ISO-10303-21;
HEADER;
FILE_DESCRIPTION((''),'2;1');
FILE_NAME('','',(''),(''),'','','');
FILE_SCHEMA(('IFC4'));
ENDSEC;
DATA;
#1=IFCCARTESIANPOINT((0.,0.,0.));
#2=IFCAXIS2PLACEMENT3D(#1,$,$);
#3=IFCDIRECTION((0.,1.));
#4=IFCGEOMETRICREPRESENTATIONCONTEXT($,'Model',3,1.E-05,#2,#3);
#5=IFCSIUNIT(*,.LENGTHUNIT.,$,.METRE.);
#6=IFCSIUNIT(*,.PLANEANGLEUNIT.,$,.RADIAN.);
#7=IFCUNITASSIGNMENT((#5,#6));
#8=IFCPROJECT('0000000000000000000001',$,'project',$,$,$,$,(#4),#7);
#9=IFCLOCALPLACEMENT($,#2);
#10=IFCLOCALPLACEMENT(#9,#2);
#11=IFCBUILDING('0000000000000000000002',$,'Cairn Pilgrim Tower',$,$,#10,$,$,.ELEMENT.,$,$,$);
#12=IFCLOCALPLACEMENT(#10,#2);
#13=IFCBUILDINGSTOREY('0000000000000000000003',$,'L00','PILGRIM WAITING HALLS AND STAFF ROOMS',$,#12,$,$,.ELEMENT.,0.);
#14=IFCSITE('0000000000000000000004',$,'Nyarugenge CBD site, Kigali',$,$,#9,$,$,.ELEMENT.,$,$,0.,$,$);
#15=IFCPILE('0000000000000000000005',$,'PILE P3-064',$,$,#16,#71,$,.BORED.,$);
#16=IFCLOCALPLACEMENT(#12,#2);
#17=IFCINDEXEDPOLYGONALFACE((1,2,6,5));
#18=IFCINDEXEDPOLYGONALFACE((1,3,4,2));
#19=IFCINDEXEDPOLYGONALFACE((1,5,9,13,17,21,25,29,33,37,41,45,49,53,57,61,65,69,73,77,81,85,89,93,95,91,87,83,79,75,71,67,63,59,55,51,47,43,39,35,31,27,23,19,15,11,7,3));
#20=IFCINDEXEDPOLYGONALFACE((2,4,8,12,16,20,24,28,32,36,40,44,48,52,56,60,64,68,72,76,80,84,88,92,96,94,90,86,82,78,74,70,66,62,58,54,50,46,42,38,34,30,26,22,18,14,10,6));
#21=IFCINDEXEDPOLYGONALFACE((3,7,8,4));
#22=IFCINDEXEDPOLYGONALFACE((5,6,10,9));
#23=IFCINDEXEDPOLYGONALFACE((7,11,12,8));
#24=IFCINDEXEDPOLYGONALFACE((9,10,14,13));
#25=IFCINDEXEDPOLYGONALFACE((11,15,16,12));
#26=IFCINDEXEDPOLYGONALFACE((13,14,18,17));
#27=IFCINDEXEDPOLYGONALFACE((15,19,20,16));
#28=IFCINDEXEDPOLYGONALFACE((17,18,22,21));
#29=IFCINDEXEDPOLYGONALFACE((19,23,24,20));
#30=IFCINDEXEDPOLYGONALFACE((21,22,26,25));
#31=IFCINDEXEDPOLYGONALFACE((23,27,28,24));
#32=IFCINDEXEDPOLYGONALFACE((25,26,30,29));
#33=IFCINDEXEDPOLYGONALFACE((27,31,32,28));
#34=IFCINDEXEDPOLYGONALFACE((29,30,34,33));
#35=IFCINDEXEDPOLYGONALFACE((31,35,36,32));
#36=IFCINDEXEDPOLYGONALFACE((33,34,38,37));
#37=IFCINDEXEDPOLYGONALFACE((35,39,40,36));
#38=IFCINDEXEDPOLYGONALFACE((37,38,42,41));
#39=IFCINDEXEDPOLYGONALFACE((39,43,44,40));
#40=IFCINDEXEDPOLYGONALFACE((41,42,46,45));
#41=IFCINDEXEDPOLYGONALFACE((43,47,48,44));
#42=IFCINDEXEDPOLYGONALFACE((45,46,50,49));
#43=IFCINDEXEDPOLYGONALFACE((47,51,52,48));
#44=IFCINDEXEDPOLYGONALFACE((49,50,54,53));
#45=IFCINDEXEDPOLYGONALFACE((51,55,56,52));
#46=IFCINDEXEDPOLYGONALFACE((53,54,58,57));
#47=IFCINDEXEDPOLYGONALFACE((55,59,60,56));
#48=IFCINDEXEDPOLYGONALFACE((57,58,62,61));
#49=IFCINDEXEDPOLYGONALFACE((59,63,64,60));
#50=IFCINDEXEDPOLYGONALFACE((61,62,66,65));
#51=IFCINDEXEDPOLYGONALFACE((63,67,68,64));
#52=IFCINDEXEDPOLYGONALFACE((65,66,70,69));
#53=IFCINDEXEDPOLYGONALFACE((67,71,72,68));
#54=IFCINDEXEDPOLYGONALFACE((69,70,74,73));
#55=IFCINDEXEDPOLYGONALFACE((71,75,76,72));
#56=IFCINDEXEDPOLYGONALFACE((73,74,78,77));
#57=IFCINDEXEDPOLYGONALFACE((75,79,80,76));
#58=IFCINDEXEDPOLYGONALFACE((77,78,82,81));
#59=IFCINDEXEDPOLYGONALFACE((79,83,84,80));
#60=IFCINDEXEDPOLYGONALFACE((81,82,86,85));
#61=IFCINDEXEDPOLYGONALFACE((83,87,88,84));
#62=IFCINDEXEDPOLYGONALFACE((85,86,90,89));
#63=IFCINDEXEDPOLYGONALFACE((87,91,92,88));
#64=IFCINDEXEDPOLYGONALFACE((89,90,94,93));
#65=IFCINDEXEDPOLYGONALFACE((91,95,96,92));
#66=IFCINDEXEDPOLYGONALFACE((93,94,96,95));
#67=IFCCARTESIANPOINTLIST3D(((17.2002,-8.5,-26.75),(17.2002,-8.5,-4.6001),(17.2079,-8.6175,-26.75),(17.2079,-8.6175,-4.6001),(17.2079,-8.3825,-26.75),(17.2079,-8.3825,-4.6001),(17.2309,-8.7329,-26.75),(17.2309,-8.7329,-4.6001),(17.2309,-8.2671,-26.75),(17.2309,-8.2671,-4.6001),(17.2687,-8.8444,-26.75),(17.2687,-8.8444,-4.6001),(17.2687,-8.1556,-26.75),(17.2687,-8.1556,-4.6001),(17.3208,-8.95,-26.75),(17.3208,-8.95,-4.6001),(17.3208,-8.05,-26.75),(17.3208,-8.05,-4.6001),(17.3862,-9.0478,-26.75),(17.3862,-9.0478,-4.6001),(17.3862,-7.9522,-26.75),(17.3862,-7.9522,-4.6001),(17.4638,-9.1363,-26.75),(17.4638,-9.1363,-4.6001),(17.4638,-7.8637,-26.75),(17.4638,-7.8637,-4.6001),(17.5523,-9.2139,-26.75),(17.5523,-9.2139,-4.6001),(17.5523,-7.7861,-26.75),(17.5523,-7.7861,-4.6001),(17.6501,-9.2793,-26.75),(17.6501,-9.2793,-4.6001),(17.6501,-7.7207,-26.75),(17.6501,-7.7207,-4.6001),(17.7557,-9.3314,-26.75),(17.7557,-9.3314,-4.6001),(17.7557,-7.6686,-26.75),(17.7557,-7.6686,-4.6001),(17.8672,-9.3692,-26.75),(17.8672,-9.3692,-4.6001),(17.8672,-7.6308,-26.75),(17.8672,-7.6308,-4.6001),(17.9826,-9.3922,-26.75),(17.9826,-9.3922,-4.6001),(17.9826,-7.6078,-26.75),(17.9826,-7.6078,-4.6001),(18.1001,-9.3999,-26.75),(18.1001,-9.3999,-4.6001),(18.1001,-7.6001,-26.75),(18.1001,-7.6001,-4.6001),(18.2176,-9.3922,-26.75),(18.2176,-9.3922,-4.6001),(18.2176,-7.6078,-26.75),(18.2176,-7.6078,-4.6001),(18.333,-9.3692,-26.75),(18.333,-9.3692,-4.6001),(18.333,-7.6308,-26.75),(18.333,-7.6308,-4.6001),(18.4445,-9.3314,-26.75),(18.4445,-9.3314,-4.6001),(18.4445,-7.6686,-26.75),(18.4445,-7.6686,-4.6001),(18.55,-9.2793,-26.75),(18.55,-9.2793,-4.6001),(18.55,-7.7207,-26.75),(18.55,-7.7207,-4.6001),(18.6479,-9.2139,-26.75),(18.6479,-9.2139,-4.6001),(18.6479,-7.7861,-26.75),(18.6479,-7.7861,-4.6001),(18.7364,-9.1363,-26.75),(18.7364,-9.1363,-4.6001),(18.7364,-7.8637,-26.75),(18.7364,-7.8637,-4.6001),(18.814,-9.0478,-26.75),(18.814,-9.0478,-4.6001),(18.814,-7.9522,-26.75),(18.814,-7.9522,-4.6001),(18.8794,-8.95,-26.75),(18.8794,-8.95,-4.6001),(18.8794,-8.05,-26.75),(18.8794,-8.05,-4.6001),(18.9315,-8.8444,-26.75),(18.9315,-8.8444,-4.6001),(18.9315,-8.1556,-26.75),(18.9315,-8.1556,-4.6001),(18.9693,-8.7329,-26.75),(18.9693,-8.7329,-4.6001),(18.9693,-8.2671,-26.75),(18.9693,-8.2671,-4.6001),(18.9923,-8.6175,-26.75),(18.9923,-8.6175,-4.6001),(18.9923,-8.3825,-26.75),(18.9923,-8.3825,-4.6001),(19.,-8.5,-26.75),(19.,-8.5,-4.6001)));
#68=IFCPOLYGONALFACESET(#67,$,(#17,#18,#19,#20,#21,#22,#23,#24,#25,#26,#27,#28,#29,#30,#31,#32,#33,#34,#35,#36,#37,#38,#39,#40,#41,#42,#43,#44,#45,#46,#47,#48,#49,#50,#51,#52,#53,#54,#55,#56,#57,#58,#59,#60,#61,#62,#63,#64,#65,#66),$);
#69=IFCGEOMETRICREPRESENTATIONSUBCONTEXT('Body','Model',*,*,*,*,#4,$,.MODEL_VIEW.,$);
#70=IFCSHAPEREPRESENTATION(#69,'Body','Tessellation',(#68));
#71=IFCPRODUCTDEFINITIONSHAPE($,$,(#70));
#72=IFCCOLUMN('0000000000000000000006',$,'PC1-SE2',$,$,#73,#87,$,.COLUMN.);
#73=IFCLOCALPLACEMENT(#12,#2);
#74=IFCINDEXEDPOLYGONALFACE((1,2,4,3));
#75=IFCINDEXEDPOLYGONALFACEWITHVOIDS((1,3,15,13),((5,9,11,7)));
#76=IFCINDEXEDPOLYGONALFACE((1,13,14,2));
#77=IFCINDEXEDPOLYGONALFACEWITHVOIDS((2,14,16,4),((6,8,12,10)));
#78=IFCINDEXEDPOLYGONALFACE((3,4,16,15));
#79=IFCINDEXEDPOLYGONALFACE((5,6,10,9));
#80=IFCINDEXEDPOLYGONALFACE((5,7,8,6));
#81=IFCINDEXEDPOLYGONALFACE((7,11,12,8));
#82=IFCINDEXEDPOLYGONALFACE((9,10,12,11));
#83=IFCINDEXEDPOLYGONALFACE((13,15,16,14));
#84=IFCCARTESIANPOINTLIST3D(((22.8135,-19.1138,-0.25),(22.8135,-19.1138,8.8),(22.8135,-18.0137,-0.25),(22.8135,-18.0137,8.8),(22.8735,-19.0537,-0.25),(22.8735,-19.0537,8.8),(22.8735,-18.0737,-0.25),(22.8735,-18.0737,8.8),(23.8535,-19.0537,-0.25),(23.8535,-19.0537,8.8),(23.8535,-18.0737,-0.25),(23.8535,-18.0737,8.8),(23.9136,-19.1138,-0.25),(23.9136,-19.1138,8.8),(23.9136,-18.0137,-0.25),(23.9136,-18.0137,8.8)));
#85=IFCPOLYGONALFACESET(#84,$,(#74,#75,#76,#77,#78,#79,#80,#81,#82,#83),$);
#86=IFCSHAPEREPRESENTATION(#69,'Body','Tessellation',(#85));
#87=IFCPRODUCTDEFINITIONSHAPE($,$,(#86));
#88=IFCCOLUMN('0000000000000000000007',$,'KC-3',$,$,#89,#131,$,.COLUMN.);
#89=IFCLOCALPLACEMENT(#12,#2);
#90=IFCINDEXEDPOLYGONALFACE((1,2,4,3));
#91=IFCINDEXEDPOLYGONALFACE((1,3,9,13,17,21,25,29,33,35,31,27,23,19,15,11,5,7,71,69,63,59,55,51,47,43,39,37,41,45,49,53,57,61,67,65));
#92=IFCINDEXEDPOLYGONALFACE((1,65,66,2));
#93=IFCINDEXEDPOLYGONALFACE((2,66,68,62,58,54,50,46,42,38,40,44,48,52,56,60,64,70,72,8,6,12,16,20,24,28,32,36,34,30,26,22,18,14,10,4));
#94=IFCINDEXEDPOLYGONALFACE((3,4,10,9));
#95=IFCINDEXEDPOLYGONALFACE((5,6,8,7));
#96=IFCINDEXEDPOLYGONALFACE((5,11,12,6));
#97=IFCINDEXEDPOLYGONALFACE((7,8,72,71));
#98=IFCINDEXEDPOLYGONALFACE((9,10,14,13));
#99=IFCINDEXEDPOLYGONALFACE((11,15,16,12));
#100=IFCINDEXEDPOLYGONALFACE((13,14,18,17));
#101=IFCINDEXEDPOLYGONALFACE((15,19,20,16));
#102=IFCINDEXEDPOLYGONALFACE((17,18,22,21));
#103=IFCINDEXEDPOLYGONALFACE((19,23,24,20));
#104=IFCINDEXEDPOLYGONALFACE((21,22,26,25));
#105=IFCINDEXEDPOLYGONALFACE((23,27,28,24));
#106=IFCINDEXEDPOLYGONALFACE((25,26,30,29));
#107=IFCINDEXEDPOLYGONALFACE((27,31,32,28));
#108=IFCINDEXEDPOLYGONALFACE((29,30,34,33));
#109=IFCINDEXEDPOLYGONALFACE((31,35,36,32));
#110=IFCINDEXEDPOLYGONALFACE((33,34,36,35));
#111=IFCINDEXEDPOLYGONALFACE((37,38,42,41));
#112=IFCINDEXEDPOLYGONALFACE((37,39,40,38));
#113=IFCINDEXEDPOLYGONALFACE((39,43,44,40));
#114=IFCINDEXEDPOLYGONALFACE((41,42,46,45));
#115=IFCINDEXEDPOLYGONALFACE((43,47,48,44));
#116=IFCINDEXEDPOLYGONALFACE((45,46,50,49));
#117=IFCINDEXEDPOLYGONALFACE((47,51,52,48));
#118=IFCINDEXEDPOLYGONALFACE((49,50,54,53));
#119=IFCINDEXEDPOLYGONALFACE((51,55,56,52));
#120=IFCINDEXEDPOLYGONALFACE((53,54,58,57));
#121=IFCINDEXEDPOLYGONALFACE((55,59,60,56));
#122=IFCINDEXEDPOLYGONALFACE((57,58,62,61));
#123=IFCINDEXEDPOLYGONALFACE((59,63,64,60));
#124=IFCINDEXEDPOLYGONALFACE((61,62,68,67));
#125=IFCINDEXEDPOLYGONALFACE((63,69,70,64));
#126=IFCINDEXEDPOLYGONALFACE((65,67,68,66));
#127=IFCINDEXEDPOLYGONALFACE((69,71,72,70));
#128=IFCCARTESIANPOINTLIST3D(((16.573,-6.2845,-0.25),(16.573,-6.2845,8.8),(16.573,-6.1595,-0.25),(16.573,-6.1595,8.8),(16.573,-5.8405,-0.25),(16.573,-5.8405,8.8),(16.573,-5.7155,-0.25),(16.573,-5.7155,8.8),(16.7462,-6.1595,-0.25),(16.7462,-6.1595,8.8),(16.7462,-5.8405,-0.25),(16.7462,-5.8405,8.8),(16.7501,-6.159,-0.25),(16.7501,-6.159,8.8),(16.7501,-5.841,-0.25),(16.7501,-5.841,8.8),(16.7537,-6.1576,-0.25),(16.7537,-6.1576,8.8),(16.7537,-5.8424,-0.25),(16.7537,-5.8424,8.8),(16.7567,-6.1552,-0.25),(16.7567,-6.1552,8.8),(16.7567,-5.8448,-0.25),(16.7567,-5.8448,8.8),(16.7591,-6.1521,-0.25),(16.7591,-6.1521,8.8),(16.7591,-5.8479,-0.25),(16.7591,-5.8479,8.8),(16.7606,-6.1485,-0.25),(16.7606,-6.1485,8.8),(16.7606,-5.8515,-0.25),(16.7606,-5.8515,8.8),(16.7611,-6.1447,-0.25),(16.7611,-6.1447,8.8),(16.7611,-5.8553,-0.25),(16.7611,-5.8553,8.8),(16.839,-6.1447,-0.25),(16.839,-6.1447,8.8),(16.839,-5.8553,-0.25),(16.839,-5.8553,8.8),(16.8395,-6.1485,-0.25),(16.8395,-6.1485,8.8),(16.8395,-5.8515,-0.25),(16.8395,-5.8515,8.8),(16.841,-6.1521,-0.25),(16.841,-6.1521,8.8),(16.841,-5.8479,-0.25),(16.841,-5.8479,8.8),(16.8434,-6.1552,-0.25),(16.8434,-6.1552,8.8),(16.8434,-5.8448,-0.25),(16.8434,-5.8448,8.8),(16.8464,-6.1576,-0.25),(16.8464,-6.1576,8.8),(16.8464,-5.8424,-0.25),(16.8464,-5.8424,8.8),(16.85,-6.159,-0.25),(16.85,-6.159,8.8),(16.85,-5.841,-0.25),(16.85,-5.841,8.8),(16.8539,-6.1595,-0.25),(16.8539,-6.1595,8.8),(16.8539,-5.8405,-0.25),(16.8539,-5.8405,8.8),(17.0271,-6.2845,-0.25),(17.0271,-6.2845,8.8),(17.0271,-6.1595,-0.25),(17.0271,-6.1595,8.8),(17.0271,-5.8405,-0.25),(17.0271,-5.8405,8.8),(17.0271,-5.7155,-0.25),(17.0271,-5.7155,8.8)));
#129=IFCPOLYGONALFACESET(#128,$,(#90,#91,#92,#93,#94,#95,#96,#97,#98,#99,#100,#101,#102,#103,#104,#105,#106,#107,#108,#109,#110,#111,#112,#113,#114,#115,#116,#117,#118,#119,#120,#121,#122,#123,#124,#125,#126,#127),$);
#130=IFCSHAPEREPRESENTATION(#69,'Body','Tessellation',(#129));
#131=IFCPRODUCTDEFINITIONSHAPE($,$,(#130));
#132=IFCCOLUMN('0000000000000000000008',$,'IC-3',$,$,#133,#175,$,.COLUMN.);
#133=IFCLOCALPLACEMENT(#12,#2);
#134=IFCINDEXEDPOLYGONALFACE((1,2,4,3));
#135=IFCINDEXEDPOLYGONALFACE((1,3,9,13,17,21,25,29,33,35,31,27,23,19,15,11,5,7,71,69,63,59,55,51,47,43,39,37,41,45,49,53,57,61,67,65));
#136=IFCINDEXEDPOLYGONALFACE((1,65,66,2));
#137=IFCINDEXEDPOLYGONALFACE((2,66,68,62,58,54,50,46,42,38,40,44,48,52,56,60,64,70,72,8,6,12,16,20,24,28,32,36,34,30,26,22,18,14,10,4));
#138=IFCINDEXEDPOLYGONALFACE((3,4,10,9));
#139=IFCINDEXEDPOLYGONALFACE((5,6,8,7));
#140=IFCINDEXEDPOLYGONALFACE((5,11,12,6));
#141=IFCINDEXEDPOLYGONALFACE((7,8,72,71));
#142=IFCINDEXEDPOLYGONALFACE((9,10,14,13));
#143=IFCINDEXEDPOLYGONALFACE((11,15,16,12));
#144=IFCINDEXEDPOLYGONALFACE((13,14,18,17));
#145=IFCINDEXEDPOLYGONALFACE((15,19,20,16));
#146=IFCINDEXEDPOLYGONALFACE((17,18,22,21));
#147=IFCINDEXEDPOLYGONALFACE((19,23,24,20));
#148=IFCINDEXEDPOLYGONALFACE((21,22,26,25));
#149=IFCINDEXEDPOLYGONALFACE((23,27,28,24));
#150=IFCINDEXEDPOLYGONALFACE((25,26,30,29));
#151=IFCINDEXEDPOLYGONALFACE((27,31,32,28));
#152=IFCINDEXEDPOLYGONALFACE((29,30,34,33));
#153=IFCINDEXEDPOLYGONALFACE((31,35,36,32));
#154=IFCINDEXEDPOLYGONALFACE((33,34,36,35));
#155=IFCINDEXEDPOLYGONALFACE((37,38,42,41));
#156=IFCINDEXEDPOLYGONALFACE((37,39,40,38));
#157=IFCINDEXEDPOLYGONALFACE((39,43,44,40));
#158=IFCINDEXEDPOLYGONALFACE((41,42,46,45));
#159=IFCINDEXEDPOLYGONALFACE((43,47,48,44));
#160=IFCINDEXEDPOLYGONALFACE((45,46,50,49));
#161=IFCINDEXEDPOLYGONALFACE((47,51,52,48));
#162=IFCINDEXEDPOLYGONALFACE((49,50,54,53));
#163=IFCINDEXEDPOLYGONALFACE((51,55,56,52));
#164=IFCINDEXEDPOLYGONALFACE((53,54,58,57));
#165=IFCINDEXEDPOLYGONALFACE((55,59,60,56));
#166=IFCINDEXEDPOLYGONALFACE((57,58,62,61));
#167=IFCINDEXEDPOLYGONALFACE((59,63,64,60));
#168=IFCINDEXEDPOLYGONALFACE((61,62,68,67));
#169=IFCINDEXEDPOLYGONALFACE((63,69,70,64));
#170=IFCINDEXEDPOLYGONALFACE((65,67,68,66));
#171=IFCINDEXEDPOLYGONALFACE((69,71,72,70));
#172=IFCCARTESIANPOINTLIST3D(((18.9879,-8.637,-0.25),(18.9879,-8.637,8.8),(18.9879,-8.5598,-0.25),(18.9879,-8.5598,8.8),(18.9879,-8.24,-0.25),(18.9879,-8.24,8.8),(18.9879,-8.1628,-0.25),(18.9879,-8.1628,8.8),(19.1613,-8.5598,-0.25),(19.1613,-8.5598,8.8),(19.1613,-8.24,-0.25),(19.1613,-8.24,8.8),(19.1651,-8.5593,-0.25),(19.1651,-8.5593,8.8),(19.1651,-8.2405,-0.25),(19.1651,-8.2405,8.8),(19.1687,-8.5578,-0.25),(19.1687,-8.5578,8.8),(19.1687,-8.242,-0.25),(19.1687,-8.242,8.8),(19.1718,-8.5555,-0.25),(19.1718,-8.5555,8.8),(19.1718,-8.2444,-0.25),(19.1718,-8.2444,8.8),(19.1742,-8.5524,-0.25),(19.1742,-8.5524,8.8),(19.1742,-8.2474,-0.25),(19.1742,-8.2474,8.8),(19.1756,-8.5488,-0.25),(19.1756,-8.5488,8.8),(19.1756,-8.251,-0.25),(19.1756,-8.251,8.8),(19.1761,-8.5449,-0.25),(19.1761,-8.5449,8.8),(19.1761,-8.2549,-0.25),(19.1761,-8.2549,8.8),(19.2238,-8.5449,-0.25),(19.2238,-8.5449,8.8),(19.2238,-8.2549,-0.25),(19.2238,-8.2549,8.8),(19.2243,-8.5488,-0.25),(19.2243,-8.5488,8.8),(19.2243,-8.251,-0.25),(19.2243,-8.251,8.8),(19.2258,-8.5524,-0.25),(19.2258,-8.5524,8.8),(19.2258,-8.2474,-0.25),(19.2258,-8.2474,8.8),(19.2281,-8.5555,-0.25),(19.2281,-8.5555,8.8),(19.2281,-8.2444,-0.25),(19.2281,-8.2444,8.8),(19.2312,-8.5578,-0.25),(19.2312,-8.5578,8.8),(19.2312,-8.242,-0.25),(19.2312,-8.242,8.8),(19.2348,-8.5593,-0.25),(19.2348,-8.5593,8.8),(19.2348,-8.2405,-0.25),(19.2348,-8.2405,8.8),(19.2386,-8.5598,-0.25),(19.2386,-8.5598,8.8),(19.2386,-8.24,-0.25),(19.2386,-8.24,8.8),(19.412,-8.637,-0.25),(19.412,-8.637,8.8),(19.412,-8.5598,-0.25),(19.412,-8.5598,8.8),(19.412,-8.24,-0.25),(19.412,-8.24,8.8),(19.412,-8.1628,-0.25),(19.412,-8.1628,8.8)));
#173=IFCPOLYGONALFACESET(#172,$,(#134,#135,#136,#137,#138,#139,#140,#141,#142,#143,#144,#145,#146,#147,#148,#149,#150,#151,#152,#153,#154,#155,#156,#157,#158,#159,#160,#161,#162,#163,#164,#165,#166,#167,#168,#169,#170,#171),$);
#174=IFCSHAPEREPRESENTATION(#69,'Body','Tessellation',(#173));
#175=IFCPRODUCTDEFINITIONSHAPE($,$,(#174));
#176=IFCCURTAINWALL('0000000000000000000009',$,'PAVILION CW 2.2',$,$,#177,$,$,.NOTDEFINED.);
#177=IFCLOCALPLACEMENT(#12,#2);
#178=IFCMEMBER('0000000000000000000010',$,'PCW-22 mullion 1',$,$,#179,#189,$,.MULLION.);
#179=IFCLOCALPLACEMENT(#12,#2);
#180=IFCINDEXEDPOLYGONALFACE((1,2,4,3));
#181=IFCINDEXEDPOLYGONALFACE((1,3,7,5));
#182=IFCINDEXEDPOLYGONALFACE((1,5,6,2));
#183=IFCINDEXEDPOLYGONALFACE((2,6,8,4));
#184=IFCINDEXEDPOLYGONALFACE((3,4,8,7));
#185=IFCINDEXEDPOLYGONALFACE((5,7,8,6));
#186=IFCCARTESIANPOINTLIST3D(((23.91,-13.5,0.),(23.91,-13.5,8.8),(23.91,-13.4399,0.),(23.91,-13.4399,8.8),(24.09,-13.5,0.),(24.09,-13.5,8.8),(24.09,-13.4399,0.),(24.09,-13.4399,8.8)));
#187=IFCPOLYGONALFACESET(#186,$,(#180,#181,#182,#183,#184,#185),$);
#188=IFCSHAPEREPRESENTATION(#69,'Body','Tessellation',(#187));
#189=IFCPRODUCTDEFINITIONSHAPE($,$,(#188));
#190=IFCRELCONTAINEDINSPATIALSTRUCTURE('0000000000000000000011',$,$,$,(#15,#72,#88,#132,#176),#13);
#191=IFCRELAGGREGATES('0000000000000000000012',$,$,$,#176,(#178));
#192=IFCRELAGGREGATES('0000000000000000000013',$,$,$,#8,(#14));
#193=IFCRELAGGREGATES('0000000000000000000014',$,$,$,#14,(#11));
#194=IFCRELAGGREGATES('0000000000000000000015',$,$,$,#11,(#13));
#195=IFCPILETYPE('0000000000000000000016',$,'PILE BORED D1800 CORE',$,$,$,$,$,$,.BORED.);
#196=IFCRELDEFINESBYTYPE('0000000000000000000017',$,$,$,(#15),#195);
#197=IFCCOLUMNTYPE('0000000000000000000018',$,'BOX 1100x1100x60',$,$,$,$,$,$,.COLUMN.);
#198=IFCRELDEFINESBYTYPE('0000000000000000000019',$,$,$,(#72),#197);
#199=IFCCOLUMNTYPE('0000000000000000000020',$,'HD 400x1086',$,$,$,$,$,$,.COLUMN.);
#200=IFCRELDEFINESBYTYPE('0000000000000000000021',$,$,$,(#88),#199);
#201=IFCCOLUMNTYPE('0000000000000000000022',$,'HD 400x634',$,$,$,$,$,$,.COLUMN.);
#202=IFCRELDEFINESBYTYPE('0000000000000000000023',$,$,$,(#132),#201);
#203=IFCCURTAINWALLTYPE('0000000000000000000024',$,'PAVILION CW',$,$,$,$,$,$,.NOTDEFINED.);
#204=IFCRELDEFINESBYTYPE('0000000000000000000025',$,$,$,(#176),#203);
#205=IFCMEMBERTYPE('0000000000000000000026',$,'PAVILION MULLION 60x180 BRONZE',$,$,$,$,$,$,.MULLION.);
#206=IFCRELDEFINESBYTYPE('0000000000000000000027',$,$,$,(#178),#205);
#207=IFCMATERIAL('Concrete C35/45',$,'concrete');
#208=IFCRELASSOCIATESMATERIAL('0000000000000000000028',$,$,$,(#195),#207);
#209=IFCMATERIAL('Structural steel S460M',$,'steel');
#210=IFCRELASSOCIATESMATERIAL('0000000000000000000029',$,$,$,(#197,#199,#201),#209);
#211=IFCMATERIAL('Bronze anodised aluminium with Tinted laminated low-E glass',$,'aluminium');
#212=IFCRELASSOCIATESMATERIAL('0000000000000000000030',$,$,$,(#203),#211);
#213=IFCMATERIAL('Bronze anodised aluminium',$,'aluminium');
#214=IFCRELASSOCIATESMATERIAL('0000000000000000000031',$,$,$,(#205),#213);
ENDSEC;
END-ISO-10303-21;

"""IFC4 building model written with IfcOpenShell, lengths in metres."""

from ifc_helpers import new_model, si_unit, direction, frame, origin, origin_2d, place, context, subcontext, project, spatial, rectangle, hollow_rectangle, circle, i_section, extrude, material, material_profile, profile_set, type_object, element, aggregate, save


model = new_model("IFC4")

# Units and contexts
model_context = context("Model", 3, precision=1e-05, world=origin(), true_north=direction((0.0, 1.0)))
body_context = subcontext(model_context, "Body", "Model", "MODEL_VIEW")
ifc_project = project(units=[si_unit("LENGTHUNIT", "METRE"), si_unit("PLANEANGLEUNIT", "RADIAN")], contexts=[model_context])

# Site, building, storey
site_placement = place(None, origin())
site = spatial("IfcSite", under=ifc_project, at=site_placement, Name="Nyarugenge CBD site, Kigali", CompositionType="ELEMENT", RefElevation=0.0)
building_placement = place(site_placement, origin())
building = spatial("IfcBuilding", under=site, at=building_placement, Name="Cairn Pilgrim Tower", CompositionType="ELEMENT")
storey_placement = place(building_placement, origin())
storey = spatial("IfcBuildingStorey", under=building, at=storey_placement, Name="L00", Description="PILGRIM WAITING HALLS AND STAFF ROOMS", CompositionType="ELEMENT", Elevation=0.0)

# Pile
ifc_material_1 = material(Name="Concrete C35/45", Category="concrete")
ifc_material_profile_1 = material_profile(ifc_material_1, circle(Radius=0.8999, at=origin_2d()), Name="D1800")
ifc_profile_set_1 = profile_set([ifc_material_profile_1], Name="Concrete C35/45")
pile_type_1 = type_object("IfcPileType", Name="PILE BORED D1800 CORE", PredefinedType="BORED", material=ifc_profile_set_1)
pile_placement = place(storey_placement, frame((18.1001, -8.5, -4.6001), z_axis=(0.0, 0.0, -1.0), x_axis=(1.0, 0.0, 0.0)))
element("IfcPile", 1, at=pile_placement, inside=storey, type_object=pile_type_1, Name="PILE P3-064", PredefinedType="BORED", context=body_context, shape_type="SweptSolid", body=[
    extrude(circle(Radius=0.8999, at=origin_2d()), origin(), (0.0, 0.0, 1.0), 22.1499),
])

# Columns
ifc_material_2 = material(Name="Structural steel S460M", Category="steel")
ifc_material_profile_2 = material_profile(ifc_material_2, hollow_rectangle(XDim=1.1001, YDim=1.1001, WallThickness=0.0601, at=origin_2d()), Name="BOX 1100x1100x60")
ifc_profile_set_2 = profile_set([ifc_material_profile_2], Name="Structural steel S460M")
column_type_1 = type_object("IfcColumnType", Name="BOX 1100x1100x60", PredefinedType="COLUMN", material=ifc_profile_set_2)
column_1_placement = place(storey_placement, frame((23.3635, -18.5637, -0.25), z_axis=(0.0, 0.0, 1.0), x_axis=(1.0, 0.0, 0.0)))
element("IfcColumn", 2, at=column_1_placement, inside=storey, type_object=column_type_1, Name="PC1-SE2", PredefinedType="COLUMN", context=body_context, shape_type="SweptSolid", body=[
    extrude(hollow_rectangle(XDim=1.1001, YDim=1.1001, WallThickness=0.0601, at=origin_2d()), origin(), (0.0, 0.0, 1.0), 9.05),
])
ifc_material_profile_3 = material_profile(ifc_material_2, i_section(OverallWidth=0.4541, OverallDepth=0.5691, WebThickness=0.0779, FlangeThickness=0.125, FilletRadius=0.0149, at=origin_2d()), Name="HD 400x1086")
ifc_profile_set_3 = profile_set([ifc_material_profile_3], Name="Structural steel S460M")
column_type_2 = type_object("IfcColumnType", Name="HD 400x1086", PredefinedType="COLUMN", material=ifc_profile_set_3)
column_2_placement = place(storey_placement, frame((16.8, -6.0, -0.25), z_axis=(0.0, 0.0, 1.0), x_axis=(1.0, 0.0, 0.0)))
element("IfcColumn", 3, at=column_2_placement, inside=storey, type_object=column_type_2, Name="KC-3", PredefinedType="COLUMN", context=body_context, shape_type="SweptSolid", body=[
    extrude(i_section(OverallWidth=0.4541, OverallDepth=0.5691, WebThickness=0.0779, FlangeThickness=0.125, FilletRadius=0.0149, at=origin_2d()), origin(), (0.0, 0.0, 1.0), 9.05),
])
ifc_material_profile_4 = material_profile(ifc_material_2, i_section(OverallWidth=0.4241, OverallDepth=0.4741, WebThickness=0.0476, FlangeThickness=0.0771, FilletRadius=0.0149, at=origin_2d()), Name="HD 400x634")
ifc_profile_set_4 = profile_set([ifc_material_profile_4], Name="Structural steel S460M")
column_type_3 = type_object("IfcColumnType", Name="HD 400x634", PredefinedType="COLUMN", material=ifc_profile_set_4)
column_3_placement = place(storey_placement, frame((19.2, -8.3999, -0.25), z_axis=(0.0, 0.0, 1.0), x_axis=(1.0, 0.0, 0.0)))
element("IfcColumn", 4, at=column_3_placement, inside=storey, type_object=column_type_3, Name="IC-3", PredefinedType="COLUMN", context=body_context, shape_type="SweptSolid", body=[
    extrude(i_section(OverallWidth=0.4241, OverallDepth=0.4741, WebThickness=0.0476, FlangeThickness=0.0771, FilletRadius=0.0149, at=origin_2d()), origin(), (0.0, 0.0, 1.0), 9.05),
])

# Curtain wall, member
ifc_material_3 = material(Name="Bronze anodised aluminium with Tinted laminated low-E glass", Category="aluminium")
curtain_wall_type = type_object("IfcCurtainWallType", Name="PAVILION CW", PredefinedType="NOTDEFINED", material=ifc_material_3)
curtain_wall_placement = place(storey_placement, origin())
curtain_wall = element("IfcCurtainWall", 5, at=curtain_wall_placement, inside=storey, type_object=curtain_wall_type, Name="PAVILION CW 2.2", PredefinedType="NOTDEFINED")
ifc_material_4 = material(Name="Bronze anodised aluminium", Category="aluminium")
ifc_material_profile_5 = material_profile(ifc_material_4, rectangle(XDim=0.1799, YDim=0.0601, at=origin_2d()), Name="PAVILION MULLION 60x180 BRONZE")
ifc_profile_set_5 = profile_set([ifc_material_profile_5], Name="Bronze anodised aluminium")
member_type = type_object("IfcMemberType", Name="PAVILION MULLION 60x180 BRONZE", PredefinedType="MULLION", material=ifc_profile_set_5)
member_placement = place(storey_placement, frame((24.0, -13.47, 0.0), z_axis=(0.0, 0.0, 1.0), x_axis=(-1.0, 0.0, 0.0)))
member = element("IfcMember", 6, at=member_placement, type_object=member_type, Name="PCW-22 mullion 1", PredefinedType="MULLION", context=body_context, shape_type="SweptSolid", body=[
    extrude(rectangle(XDim=0.1799, YDim=0.0601, at=origin_2d()), origin(), (0.0, 0.0, 1.0), 8.8),
])
aggregate(curtain_wall, [member])

save(model, "model.ifc")
